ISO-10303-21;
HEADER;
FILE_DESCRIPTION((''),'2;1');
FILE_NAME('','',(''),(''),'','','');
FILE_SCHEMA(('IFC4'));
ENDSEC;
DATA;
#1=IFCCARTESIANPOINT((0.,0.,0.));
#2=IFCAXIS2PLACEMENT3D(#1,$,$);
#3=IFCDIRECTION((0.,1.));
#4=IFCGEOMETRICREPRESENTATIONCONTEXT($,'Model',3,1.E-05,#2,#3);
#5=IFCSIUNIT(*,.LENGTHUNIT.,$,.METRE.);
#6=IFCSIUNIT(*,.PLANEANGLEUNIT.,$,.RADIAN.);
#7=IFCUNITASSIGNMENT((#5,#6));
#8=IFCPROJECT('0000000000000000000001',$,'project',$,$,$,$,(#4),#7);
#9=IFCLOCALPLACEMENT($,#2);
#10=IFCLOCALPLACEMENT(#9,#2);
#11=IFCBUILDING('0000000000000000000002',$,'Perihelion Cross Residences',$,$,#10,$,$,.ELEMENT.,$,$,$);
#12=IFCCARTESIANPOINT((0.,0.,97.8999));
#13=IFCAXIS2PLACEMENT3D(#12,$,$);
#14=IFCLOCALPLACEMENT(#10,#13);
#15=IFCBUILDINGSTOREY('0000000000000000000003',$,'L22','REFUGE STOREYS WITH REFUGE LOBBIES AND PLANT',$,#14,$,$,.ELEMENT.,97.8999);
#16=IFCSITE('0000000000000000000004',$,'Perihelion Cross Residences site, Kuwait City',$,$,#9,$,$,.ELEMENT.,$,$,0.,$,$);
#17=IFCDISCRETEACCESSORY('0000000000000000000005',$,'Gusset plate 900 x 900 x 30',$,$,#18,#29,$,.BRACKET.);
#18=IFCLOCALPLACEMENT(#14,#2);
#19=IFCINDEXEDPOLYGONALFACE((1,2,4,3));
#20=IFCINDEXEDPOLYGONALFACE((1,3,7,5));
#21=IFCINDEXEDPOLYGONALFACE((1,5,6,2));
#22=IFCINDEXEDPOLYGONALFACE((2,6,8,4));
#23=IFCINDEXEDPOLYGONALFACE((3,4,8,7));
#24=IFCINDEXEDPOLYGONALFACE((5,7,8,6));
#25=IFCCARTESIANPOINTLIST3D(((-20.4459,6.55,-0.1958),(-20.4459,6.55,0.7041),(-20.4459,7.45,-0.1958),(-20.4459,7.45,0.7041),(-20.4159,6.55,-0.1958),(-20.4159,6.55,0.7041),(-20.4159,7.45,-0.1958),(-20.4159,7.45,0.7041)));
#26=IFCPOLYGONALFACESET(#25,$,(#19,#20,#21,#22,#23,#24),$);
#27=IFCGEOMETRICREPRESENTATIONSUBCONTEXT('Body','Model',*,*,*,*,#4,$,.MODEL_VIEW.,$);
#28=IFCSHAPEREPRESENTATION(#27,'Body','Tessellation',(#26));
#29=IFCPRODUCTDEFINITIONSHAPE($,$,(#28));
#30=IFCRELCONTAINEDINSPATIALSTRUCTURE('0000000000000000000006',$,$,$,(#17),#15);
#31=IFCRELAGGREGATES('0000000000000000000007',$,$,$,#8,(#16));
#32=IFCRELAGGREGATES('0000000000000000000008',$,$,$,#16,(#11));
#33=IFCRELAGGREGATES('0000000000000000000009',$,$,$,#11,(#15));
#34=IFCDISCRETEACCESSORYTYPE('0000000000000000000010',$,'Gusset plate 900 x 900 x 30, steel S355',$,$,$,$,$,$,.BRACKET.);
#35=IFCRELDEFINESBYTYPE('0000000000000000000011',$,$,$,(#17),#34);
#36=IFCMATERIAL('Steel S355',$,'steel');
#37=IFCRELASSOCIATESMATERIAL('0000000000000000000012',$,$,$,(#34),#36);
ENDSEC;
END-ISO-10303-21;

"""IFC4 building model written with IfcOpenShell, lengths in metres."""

from ifc_helpers import new_model, si_unit, direction, frame, origin, origin_2d, place, context, subcontext, project, spatial, rectangle, extrude, material, type_object, element, save


model = new_model("IFC4")

# Units and contexts
model_context = context("Model", 3, precision=1e-05, world=origin(), true_north=direction((0.0, 1.0)))
body_context = subcontext(model_context, "Body", "Model", "MODEL_VIEW")
ifc_project = project(units=[si_unit("LENGTHUNIT", "METRE"), si_unit("PLANEANGLEUNIT", "RADIAN")], contexts=[model_context])

# Site, building, storey
site_placement = place(None, origin())
site = spatial("IfcSite", under=ifc_project, at=site_placement, Name="Perihelion Cross Residences site, Kuwait City", CompositionType="ELEMENT", RefElevation=0.0)
building_placement = place(site_placement, origin())
building = spatial("IfcBuilding", under=site, at=building_placement, Name="Perihelion Cross Residences", CompositionType="ELEMENT")
storey_placement = place(building_placement, frame((0.0, 0.0, 97.8999)))
storey = spatial("IfcBuildingStorey", under=building, at=storey_placement, Name="L22", Description="REFUGE STOREYS WITH REFUGE LOBBIES AND PLANT", CompositionType="ELEMENT", Elevation=97.8999)

# Discrete accessory
ifc_material_1 = material(Name="Steel S355", Category="steel")
discrete_accessory_type = type_object("IfcDiscreteAccessoryType", Name="Gusset plate 900 x 900 x 30, steel S355", PredefinedType="BRACKET", material=ifc_material_1)
for number, where, z_axis, x_axis, name in (
    (1, (-20.4309, 7.0, -0.1958), (0.0, 0.0, 1.0), (0.0, -1.0, 0.0), "Gusset plate 900 x 900 x 30"),
):
    element("IfcDiscreteAccessory", number, at=place(storey_placement, frame(where, z_axis=z_axis, x_axis=x_axis)), inside=storey, type_object=discrete_accessory_type, Name=name, PredefinedType="BRACKET", context=body_context, shape_type="SweptSolid", body=[
        extrude(rectangle(XDim=0.8999, YDim=0.03, at=origin_2d()), origin(), (0.0, 0.0, 1.0), 0.8999),
    ])

save(model, "model.ifc")
